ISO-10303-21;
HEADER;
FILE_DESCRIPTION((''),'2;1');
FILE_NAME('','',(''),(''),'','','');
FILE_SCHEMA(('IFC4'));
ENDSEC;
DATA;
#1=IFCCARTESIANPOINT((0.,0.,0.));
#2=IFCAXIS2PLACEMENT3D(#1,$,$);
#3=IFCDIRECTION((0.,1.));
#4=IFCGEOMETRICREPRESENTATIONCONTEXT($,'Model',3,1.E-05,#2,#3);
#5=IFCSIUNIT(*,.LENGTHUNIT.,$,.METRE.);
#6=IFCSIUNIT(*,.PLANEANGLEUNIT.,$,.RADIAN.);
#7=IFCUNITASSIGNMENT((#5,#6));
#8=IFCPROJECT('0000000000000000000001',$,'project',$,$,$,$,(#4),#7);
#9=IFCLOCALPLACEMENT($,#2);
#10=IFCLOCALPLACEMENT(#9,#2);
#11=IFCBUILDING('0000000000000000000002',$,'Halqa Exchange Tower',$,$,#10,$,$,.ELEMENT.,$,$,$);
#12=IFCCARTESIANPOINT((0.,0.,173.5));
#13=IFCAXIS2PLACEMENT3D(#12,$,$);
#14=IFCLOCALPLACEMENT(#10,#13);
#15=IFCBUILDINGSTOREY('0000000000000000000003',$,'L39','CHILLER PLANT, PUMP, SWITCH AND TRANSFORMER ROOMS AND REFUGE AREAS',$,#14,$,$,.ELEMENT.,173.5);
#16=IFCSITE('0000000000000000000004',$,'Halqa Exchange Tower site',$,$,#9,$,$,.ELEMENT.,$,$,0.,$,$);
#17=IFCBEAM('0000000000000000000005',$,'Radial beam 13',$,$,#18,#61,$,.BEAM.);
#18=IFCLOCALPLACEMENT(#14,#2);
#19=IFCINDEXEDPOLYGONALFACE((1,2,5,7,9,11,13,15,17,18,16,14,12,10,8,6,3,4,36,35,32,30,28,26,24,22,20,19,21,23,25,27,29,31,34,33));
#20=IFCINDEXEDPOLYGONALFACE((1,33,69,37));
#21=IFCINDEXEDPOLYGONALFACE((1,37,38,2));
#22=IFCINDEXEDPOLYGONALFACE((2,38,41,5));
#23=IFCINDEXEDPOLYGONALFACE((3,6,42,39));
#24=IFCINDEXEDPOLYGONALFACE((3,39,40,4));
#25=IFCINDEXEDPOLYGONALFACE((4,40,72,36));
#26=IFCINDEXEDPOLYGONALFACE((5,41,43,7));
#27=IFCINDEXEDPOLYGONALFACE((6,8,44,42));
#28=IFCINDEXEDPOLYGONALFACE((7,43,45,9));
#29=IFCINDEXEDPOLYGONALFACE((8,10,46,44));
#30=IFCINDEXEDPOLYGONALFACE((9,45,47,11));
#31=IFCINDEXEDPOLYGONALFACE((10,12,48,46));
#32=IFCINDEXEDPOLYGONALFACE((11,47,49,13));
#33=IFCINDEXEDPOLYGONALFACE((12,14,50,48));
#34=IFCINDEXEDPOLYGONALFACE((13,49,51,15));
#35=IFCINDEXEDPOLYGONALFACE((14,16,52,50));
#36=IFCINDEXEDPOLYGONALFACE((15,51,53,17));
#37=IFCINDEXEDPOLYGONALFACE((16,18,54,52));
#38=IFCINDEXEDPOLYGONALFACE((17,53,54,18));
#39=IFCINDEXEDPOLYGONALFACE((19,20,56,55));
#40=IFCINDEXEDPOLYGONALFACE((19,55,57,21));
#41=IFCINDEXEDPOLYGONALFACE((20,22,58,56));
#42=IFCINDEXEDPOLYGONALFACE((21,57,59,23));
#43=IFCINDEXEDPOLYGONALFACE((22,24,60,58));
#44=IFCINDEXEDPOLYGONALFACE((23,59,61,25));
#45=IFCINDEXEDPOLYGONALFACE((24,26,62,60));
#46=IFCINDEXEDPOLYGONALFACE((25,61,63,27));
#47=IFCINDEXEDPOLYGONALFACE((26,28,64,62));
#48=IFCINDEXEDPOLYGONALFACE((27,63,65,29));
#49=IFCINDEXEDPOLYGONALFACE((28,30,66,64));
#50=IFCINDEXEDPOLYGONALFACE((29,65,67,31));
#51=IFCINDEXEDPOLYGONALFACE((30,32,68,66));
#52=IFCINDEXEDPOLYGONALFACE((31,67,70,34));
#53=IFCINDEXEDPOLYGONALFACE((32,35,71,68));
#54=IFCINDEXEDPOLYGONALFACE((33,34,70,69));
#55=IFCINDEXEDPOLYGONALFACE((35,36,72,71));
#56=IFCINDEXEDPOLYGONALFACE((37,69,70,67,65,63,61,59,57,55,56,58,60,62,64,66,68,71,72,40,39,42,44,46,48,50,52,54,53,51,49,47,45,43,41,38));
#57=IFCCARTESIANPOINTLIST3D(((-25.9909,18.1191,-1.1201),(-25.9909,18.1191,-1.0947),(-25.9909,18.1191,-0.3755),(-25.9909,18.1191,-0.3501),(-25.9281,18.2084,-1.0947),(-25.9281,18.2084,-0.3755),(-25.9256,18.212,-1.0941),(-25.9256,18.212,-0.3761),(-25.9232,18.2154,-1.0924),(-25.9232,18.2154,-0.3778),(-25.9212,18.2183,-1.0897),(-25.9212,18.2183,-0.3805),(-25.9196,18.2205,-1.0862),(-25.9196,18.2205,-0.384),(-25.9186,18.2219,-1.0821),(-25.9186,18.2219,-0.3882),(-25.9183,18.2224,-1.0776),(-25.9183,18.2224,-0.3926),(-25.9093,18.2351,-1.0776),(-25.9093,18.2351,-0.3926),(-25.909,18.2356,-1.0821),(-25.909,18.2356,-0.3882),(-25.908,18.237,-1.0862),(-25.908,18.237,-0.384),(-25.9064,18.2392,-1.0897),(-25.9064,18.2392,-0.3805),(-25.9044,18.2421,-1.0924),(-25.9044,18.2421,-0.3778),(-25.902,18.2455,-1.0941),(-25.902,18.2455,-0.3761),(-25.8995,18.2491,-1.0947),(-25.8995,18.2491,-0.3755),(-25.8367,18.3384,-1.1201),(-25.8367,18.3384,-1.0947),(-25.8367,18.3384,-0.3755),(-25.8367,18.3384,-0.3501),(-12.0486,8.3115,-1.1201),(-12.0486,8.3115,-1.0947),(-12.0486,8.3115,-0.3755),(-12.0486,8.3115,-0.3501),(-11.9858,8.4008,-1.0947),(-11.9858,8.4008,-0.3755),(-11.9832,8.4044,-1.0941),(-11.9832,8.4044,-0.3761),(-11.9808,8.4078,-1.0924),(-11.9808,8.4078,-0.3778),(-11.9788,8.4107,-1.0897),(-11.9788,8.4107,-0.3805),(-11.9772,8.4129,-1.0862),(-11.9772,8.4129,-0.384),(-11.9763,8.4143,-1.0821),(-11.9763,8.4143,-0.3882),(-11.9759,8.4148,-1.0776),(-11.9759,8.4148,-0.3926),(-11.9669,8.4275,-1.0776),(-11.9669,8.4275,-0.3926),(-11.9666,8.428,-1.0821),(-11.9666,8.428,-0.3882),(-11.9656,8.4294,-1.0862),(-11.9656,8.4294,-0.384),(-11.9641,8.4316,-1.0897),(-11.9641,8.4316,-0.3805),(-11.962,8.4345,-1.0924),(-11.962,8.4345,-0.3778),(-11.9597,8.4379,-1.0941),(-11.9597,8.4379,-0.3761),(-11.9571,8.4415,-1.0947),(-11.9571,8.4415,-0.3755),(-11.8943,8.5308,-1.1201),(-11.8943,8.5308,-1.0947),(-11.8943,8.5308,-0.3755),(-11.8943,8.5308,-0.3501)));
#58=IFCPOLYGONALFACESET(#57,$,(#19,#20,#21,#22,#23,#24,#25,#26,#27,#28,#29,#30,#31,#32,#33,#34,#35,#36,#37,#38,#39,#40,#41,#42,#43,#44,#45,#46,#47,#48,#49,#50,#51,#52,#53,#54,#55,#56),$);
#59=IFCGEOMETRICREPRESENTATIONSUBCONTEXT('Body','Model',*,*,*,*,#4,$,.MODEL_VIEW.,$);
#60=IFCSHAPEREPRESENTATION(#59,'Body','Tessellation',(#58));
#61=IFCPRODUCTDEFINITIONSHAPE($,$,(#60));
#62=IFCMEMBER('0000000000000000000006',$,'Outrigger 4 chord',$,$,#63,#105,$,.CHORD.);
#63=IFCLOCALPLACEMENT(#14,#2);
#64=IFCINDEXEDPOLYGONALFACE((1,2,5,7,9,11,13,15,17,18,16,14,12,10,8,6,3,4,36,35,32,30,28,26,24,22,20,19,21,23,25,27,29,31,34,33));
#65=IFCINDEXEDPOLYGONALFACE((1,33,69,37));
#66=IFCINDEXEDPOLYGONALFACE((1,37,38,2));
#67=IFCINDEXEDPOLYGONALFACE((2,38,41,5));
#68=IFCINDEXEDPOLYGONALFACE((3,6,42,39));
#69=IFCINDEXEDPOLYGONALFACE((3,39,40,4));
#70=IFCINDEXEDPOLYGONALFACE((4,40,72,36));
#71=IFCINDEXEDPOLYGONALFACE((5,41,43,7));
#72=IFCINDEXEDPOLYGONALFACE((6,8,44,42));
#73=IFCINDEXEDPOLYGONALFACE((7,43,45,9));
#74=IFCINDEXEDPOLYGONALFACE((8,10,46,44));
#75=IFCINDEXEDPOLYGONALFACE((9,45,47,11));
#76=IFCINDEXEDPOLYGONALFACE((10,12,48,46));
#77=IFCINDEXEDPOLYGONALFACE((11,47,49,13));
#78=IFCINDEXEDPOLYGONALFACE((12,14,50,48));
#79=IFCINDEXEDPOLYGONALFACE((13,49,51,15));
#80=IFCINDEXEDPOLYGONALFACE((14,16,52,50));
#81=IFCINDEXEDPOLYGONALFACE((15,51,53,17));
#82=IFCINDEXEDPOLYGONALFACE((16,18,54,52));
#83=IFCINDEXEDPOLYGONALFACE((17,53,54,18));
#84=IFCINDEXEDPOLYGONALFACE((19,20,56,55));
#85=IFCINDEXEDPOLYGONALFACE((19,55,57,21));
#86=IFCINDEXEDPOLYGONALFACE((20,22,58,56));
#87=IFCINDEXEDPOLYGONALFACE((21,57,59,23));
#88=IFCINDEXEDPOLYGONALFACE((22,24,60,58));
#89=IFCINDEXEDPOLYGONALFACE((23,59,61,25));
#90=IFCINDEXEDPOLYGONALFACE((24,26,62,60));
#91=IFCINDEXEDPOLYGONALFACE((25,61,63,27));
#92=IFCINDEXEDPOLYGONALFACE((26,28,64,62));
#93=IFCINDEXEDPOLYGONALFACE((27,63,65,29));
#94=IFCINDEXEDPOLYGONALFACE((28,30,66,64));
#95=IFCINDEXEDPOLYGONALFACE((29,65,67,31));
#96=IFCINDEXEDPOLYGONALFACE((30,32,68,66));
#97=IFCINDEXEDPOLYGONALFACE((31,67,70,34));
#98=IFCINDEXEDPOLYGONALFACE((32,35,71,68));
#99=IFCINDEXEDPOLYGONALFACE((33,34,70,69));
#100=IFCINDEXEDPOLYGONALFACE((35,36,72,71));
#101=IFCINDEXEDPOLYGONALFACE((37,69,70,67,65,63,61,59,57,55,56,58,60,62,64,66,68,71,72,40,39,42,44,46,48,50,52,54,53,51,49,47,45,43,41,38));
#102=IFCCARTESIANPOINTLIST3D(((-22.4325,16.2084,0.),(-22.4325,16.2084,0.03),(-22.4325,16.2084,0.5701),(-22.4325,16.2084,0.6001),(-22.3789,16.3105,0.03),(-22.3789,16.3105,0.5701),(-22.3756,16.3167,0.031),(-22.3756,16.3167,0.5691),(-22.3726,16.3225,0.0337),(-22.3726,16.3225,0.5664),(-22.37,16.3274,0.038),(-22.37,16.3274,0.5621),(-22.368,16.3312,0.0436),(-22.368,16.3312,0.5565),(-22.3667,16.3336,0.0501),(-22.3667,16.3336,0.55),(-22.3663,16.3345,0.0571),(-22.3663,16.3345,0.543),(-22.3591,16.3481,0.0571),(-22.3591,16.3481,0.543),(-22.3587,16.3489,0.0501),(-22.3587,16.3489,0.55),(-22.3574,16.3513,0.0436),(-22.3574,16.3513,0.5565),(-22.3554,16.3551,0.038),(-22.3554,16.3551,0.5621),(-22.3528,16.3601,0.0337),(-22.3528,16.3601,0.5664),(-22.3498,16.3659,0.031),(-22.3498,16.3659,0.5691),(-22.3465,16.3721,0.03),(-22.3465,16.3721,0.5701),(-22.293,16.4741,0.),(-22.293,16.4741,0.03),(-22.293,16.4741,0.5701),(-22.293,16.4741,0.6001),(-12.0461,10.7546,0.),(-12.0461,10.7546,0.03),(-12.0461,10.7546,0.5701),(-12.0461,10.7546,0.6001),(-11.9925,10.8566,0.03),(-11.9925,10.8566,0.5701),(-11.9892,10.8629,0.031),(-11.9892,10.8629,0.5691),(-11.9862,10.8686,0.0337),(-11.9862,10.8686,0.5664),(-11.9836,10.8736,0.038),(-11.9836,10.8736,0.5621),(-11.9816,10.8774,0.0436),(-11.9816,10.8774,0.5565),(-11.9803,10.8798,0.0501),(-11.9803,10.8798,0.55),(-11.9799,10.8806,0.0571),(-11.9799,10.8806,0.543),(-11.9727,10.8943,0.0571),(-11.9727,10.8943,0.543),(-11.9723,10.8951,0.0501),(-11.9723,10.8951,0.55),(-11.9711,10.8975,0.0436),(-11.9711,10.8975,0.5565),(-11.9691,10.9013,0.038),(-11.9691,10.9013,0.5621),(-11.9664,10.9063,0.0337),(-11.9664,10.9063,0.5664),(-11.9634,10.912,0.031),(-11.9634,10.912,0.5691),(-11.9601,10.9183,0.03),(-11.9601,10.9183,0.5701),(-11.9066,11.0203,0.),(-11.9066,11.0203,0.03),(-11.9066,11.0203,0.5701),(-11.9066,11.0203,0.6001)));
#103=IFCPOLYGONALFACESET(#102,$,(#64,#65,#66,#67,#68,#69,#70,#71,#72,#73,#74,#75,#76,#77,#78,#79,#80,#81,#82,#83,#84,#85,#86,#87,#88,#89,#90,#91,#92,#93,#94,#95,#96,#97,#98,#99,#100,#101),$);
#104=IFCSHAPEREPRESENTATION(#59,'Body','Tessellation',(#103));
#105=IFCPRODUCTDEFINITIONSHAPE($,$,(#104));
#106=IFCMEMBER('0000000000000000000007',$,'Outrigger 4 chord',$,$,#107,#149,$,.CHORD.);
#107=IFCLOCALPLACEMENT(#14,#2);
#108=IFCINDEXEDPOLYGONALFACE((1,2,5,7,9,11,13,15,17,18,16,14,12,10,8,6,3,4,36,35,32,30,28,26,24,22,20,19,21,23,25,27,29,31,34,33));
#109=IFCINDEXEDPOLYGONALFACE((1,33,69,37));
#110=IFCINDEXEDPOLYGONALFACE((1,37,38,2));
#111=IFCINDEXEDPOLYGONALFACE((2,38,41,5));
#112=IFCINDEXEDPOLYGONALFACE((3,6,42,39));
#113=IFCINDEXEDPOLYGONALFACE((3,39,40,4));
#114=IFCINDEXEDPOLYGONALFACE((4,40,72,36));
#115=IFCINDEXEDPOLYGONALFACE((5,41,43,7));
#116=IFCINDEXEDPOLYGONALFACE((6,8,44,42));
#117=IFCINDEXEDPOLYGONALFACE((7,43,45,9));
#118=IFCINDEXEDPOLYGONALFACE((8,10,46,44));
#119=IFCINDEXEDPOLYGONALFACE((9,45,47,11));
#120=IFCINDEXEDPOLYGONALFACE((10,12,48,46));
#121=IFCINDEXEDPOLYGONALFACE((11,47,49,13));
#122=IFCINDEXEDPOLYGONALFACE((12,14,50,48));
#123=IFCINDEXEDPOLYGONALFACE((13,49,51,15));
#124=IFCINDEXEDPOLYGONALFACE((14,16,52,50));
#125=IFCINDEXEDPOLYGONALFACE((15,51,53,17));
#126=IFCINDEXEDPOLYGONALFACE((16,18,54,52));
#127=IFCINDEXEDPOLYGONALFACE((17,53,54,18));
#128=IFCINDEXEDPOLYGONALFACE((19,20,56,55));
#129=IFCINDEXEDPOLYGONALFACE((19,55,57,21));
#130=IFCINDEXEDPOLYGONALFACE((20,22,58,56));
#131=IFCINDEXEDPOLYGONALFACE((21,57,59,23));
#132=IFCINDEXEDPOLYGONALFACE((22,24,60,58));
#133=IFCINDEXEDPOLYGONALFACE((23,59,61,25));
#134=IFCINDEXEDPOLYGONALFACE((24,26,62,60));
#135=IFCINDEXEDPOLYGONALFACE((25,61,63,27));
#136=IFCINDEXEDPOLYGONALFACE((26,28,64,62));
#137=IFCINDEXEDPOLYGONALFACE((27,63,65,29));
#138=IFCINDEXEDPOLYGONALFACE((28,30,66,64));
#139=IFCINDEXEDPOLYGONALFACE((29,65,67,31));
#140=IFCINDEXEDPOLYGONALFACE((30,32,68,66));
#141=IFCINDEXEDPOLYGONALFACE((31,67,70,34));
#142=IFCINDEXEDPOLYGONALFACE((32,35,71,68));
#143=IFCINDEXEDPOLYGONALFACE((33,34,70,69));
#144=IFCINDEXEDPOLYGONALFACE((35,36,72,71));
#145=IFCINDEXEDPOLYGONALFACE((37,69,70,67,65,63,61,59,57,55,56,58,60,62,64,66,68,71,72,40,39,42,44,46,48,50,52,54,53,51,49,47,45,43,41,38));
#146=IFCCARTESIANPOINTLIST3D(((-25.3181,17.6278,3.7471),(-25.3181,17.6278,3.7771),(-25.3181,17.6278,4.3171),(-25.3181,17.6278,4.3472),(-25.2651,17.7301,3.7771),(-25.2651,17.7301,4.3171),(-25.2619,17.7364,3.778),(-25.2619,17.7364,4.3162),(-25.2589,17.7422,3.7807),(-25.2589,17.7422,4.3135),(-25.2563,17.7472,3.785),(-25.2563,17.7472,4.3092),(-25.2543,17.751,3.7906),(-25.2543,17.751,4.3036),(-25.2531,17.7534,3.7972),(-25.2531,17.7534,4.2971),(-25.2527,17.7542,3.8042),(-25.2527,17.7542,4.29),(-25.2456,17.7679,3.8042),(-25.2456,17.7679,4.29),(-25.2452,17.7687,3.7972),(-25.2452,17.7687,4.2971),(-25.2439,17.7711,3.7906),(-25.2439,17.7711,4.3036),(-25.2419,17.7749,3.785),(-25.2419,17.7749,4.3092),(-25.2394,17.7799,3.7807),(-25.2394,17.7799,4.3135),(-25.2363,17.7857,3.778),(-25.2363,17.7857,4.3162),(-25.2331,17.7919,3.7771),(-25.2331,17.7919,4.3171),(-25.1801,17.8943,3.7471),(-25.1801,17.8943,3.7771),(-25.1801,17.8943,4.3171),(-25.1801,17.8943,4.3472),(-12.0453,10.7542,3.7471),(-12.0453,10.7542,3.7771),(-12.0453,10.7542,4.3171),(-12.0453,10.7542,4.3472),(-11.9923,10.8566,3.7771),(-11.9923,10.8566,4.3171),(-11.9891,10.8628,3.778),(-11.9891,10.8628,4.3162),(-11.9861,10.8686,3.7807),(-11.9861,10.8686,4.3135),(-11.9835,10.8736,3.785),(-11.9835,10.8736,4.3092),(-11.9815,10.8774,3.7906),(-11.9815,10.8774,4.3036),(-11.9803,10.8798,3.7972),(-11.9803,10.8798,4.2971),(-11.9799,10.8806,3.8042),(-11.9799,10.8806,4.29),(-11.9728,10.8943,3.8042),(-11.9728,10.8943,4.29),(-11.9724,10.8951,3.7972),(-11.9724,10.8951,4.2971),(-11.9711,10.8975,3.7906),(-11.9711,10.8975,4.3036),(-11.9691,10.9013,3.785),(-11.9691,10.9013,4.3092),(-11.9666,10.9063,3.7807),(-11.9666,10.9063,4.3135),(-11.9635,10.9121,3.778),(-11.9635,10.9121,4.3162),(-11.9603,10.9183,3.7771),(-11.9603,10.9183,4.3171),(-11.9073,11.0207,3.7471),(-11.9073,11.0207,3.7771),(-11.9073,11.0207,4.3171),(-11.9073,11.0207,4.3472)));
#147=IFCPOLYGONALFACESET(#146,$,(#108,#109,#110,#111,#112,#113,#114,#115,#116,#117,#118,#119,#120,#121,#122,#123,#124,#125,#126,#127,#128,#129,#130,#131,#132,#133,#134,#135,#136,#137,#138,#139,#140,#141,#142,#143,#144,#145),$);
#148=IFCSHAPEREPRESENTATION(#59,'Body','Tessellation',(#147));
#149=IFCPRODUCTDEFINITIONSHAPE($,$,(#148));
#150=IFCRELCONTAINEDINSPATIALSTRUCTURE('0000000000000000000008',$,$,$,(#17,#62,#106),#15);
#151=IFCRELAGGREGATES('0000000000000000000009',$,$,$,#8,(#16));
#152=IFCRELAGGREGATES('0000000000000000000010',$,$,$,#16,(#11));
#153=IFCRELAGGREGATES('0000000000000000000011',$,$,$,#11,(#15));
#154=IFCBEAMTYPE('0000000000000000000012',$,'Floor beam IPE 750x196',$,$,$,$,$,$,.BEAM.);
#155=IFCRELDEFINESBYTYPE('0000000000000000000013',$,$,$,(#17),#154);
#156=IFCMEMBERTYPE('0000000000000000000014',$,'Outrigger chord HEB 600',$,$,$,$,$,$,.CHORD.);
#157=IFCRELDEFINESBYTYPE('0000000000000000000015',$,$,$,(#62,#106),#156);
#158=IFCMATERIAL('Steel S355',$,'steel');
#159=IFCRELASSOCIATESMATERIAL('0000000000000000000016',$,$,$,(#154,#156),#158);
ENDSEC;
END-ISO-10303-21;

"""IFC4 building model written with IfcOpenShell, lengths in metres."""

from ifc_helpers import new_model, si_unit, direction, frame, origin, origin_2d, place, context, subcontext, project, spatial, i_section, extrude, material, material_profile, profile_set, type_object, element, save


model = new_model("IFC4")

# Units and contexts
model_context = context("Model", 3, precision=1e-05, world=origin(), true_north=direction((0.0, 1.0)))
body_context = subcontext(model_context, "Body", "Model", "MODEL_VIEW")
ifc_project = project(units=[si_unit("LENGTHUNIT", "METRE"), si_unit("PLANEANGLEUNIT", "RADIAN")], contexts=[model_context])

# Site, building, storey
site_placement = place(None, origin())
site = spatial("IfcSite", under=ifc_project, at=site_placement, Name="Halqa Exchange Tower site", CompositionType="ELEMENT", RefElevation=0.0)
building_placement = place(site_placement, origin())
building = spatial("IfcBuilding", under=site, at=building_placement, Name="Halqa Exchange Tower", CompositionType="ELEMENT")
storey_placement = place(building_placement, frame((0.0, 0.0, 173.5)))
storey = spatial("IfcBuildingStorey", under=building, at=storey_placement, Name="L39", Description="CHILLER PLANT, PUMP, SWITCH AND TRANSFORMER ROOMS AND REFUGE AREAS", CompositionType="ELEMENT", Elevation=173.5)

# Beam
ifc_material_1 = material(Name="Steel S355", Category="steel")
ifc_material_profile_1 = material_profile(ifc_material_1, i_section(OverallWidth=0.2681, OverallDepth=0.77, WebThickness=0.0156, FlangeThickness=0.0254, FilletRadius=0.0171, at=origin_2d()), Name="IPE 750x196")
ifc_profile_set_1 = profile_set([ifc_material_profile_1], Name="Steel S355")
beam_type_1 = type_object("IfcBeamType", Name="Floor beam IPE 750x196", PredefinedType="BEAM", material=ifc_profile_set_1)
beam_1_placement = place(storey_placement, frame((-11.9714, 8.4211, -0.7351), z_axis=(-0.817908, 0.575349, 0.0), x_axis=(-0.575349, -0.817908, 0.0)))
element("IfcBeam", 1, at=beam_1_placement, inside=storey, type_object=beam_type_1, Name="Radial beam 13", PredefinedType="BEAM", context=body_context, shape_type="SweptSolid", body=[
    extrude(i_section(OverallWidth=0.2681, OverallDepth=0.77, WebThickness=0.0156, FlangeThickness=0.0254, FilletRadius=0.0171, at=origin_2d()), origin(), (0.0, 0.0, 1.0), 17.0464),
])

# Members
ifc_material_profile_2 = material_profile(ifc_material_1, i_section(OverallWidth=0.3, OverallDepth=0.6001, WebThickness=0.0154, FlangeThickness=0.03, FilletRadius=0.0271, at=origin_2d()), Name="HEB 600")
ifc_profile_set_2 = profile_set([ifc_material_profile_2], Name="Steel S355")
member_type_1 = type_object("IfcMemberType", Name="Outrigger chord HEB 600", PredefinedType="CHORD", material=ifc_profile_set_2)
member_1_placement = place(storey_placement, frame((-11.9763, 10.8875, 0.3), z_axis=(-0.885364, 0.464898, 0.0), x_axis=(-0.464898, -0.885364, 0.0)))
element("IfcMember", 2, at=member_1_placement, inside=storey, type_object=member_type_1, Name="Outrigger 4 chord", PredefinedType="CHORD", context=body_context, shape_type="SweptSolid", body=[
    extrude(i_section(OverallWidth=0.3, OverallDepth=0.6001, WebThickness=0.0154, FlangeThickness=0.03, FilletRadius=0.0271, at=origin_2d()), origin(), (0.0, 0.0, 1.0), 11.7312),
])
member_2_placement = place(storey_placement, frame((-11.9763, 10.8875, 4.0471), z_axis=(-0.88799, 0.459863, 0.0), x_axis=(-0.459863, -0.88799, 0.0)))
element("IfcMember", 3, at=member_2_placement, inside=storey, type_object=member_type_1, Name="Outrigger 4 chord", PredefinedType="CHORD", context=body_context, shape_type="SweptSolid", body=[
    extrude(i_section(OverallWidth=0.3, OverallDepth=0.6001, WebThickness=0.0154, FlangeThickness=0.03, FilletRadius=0.0271, at=origin_2d()), origin(), (0.0, 0.0, 1.0), 14.947),
])

save(model, "model.ifc")
